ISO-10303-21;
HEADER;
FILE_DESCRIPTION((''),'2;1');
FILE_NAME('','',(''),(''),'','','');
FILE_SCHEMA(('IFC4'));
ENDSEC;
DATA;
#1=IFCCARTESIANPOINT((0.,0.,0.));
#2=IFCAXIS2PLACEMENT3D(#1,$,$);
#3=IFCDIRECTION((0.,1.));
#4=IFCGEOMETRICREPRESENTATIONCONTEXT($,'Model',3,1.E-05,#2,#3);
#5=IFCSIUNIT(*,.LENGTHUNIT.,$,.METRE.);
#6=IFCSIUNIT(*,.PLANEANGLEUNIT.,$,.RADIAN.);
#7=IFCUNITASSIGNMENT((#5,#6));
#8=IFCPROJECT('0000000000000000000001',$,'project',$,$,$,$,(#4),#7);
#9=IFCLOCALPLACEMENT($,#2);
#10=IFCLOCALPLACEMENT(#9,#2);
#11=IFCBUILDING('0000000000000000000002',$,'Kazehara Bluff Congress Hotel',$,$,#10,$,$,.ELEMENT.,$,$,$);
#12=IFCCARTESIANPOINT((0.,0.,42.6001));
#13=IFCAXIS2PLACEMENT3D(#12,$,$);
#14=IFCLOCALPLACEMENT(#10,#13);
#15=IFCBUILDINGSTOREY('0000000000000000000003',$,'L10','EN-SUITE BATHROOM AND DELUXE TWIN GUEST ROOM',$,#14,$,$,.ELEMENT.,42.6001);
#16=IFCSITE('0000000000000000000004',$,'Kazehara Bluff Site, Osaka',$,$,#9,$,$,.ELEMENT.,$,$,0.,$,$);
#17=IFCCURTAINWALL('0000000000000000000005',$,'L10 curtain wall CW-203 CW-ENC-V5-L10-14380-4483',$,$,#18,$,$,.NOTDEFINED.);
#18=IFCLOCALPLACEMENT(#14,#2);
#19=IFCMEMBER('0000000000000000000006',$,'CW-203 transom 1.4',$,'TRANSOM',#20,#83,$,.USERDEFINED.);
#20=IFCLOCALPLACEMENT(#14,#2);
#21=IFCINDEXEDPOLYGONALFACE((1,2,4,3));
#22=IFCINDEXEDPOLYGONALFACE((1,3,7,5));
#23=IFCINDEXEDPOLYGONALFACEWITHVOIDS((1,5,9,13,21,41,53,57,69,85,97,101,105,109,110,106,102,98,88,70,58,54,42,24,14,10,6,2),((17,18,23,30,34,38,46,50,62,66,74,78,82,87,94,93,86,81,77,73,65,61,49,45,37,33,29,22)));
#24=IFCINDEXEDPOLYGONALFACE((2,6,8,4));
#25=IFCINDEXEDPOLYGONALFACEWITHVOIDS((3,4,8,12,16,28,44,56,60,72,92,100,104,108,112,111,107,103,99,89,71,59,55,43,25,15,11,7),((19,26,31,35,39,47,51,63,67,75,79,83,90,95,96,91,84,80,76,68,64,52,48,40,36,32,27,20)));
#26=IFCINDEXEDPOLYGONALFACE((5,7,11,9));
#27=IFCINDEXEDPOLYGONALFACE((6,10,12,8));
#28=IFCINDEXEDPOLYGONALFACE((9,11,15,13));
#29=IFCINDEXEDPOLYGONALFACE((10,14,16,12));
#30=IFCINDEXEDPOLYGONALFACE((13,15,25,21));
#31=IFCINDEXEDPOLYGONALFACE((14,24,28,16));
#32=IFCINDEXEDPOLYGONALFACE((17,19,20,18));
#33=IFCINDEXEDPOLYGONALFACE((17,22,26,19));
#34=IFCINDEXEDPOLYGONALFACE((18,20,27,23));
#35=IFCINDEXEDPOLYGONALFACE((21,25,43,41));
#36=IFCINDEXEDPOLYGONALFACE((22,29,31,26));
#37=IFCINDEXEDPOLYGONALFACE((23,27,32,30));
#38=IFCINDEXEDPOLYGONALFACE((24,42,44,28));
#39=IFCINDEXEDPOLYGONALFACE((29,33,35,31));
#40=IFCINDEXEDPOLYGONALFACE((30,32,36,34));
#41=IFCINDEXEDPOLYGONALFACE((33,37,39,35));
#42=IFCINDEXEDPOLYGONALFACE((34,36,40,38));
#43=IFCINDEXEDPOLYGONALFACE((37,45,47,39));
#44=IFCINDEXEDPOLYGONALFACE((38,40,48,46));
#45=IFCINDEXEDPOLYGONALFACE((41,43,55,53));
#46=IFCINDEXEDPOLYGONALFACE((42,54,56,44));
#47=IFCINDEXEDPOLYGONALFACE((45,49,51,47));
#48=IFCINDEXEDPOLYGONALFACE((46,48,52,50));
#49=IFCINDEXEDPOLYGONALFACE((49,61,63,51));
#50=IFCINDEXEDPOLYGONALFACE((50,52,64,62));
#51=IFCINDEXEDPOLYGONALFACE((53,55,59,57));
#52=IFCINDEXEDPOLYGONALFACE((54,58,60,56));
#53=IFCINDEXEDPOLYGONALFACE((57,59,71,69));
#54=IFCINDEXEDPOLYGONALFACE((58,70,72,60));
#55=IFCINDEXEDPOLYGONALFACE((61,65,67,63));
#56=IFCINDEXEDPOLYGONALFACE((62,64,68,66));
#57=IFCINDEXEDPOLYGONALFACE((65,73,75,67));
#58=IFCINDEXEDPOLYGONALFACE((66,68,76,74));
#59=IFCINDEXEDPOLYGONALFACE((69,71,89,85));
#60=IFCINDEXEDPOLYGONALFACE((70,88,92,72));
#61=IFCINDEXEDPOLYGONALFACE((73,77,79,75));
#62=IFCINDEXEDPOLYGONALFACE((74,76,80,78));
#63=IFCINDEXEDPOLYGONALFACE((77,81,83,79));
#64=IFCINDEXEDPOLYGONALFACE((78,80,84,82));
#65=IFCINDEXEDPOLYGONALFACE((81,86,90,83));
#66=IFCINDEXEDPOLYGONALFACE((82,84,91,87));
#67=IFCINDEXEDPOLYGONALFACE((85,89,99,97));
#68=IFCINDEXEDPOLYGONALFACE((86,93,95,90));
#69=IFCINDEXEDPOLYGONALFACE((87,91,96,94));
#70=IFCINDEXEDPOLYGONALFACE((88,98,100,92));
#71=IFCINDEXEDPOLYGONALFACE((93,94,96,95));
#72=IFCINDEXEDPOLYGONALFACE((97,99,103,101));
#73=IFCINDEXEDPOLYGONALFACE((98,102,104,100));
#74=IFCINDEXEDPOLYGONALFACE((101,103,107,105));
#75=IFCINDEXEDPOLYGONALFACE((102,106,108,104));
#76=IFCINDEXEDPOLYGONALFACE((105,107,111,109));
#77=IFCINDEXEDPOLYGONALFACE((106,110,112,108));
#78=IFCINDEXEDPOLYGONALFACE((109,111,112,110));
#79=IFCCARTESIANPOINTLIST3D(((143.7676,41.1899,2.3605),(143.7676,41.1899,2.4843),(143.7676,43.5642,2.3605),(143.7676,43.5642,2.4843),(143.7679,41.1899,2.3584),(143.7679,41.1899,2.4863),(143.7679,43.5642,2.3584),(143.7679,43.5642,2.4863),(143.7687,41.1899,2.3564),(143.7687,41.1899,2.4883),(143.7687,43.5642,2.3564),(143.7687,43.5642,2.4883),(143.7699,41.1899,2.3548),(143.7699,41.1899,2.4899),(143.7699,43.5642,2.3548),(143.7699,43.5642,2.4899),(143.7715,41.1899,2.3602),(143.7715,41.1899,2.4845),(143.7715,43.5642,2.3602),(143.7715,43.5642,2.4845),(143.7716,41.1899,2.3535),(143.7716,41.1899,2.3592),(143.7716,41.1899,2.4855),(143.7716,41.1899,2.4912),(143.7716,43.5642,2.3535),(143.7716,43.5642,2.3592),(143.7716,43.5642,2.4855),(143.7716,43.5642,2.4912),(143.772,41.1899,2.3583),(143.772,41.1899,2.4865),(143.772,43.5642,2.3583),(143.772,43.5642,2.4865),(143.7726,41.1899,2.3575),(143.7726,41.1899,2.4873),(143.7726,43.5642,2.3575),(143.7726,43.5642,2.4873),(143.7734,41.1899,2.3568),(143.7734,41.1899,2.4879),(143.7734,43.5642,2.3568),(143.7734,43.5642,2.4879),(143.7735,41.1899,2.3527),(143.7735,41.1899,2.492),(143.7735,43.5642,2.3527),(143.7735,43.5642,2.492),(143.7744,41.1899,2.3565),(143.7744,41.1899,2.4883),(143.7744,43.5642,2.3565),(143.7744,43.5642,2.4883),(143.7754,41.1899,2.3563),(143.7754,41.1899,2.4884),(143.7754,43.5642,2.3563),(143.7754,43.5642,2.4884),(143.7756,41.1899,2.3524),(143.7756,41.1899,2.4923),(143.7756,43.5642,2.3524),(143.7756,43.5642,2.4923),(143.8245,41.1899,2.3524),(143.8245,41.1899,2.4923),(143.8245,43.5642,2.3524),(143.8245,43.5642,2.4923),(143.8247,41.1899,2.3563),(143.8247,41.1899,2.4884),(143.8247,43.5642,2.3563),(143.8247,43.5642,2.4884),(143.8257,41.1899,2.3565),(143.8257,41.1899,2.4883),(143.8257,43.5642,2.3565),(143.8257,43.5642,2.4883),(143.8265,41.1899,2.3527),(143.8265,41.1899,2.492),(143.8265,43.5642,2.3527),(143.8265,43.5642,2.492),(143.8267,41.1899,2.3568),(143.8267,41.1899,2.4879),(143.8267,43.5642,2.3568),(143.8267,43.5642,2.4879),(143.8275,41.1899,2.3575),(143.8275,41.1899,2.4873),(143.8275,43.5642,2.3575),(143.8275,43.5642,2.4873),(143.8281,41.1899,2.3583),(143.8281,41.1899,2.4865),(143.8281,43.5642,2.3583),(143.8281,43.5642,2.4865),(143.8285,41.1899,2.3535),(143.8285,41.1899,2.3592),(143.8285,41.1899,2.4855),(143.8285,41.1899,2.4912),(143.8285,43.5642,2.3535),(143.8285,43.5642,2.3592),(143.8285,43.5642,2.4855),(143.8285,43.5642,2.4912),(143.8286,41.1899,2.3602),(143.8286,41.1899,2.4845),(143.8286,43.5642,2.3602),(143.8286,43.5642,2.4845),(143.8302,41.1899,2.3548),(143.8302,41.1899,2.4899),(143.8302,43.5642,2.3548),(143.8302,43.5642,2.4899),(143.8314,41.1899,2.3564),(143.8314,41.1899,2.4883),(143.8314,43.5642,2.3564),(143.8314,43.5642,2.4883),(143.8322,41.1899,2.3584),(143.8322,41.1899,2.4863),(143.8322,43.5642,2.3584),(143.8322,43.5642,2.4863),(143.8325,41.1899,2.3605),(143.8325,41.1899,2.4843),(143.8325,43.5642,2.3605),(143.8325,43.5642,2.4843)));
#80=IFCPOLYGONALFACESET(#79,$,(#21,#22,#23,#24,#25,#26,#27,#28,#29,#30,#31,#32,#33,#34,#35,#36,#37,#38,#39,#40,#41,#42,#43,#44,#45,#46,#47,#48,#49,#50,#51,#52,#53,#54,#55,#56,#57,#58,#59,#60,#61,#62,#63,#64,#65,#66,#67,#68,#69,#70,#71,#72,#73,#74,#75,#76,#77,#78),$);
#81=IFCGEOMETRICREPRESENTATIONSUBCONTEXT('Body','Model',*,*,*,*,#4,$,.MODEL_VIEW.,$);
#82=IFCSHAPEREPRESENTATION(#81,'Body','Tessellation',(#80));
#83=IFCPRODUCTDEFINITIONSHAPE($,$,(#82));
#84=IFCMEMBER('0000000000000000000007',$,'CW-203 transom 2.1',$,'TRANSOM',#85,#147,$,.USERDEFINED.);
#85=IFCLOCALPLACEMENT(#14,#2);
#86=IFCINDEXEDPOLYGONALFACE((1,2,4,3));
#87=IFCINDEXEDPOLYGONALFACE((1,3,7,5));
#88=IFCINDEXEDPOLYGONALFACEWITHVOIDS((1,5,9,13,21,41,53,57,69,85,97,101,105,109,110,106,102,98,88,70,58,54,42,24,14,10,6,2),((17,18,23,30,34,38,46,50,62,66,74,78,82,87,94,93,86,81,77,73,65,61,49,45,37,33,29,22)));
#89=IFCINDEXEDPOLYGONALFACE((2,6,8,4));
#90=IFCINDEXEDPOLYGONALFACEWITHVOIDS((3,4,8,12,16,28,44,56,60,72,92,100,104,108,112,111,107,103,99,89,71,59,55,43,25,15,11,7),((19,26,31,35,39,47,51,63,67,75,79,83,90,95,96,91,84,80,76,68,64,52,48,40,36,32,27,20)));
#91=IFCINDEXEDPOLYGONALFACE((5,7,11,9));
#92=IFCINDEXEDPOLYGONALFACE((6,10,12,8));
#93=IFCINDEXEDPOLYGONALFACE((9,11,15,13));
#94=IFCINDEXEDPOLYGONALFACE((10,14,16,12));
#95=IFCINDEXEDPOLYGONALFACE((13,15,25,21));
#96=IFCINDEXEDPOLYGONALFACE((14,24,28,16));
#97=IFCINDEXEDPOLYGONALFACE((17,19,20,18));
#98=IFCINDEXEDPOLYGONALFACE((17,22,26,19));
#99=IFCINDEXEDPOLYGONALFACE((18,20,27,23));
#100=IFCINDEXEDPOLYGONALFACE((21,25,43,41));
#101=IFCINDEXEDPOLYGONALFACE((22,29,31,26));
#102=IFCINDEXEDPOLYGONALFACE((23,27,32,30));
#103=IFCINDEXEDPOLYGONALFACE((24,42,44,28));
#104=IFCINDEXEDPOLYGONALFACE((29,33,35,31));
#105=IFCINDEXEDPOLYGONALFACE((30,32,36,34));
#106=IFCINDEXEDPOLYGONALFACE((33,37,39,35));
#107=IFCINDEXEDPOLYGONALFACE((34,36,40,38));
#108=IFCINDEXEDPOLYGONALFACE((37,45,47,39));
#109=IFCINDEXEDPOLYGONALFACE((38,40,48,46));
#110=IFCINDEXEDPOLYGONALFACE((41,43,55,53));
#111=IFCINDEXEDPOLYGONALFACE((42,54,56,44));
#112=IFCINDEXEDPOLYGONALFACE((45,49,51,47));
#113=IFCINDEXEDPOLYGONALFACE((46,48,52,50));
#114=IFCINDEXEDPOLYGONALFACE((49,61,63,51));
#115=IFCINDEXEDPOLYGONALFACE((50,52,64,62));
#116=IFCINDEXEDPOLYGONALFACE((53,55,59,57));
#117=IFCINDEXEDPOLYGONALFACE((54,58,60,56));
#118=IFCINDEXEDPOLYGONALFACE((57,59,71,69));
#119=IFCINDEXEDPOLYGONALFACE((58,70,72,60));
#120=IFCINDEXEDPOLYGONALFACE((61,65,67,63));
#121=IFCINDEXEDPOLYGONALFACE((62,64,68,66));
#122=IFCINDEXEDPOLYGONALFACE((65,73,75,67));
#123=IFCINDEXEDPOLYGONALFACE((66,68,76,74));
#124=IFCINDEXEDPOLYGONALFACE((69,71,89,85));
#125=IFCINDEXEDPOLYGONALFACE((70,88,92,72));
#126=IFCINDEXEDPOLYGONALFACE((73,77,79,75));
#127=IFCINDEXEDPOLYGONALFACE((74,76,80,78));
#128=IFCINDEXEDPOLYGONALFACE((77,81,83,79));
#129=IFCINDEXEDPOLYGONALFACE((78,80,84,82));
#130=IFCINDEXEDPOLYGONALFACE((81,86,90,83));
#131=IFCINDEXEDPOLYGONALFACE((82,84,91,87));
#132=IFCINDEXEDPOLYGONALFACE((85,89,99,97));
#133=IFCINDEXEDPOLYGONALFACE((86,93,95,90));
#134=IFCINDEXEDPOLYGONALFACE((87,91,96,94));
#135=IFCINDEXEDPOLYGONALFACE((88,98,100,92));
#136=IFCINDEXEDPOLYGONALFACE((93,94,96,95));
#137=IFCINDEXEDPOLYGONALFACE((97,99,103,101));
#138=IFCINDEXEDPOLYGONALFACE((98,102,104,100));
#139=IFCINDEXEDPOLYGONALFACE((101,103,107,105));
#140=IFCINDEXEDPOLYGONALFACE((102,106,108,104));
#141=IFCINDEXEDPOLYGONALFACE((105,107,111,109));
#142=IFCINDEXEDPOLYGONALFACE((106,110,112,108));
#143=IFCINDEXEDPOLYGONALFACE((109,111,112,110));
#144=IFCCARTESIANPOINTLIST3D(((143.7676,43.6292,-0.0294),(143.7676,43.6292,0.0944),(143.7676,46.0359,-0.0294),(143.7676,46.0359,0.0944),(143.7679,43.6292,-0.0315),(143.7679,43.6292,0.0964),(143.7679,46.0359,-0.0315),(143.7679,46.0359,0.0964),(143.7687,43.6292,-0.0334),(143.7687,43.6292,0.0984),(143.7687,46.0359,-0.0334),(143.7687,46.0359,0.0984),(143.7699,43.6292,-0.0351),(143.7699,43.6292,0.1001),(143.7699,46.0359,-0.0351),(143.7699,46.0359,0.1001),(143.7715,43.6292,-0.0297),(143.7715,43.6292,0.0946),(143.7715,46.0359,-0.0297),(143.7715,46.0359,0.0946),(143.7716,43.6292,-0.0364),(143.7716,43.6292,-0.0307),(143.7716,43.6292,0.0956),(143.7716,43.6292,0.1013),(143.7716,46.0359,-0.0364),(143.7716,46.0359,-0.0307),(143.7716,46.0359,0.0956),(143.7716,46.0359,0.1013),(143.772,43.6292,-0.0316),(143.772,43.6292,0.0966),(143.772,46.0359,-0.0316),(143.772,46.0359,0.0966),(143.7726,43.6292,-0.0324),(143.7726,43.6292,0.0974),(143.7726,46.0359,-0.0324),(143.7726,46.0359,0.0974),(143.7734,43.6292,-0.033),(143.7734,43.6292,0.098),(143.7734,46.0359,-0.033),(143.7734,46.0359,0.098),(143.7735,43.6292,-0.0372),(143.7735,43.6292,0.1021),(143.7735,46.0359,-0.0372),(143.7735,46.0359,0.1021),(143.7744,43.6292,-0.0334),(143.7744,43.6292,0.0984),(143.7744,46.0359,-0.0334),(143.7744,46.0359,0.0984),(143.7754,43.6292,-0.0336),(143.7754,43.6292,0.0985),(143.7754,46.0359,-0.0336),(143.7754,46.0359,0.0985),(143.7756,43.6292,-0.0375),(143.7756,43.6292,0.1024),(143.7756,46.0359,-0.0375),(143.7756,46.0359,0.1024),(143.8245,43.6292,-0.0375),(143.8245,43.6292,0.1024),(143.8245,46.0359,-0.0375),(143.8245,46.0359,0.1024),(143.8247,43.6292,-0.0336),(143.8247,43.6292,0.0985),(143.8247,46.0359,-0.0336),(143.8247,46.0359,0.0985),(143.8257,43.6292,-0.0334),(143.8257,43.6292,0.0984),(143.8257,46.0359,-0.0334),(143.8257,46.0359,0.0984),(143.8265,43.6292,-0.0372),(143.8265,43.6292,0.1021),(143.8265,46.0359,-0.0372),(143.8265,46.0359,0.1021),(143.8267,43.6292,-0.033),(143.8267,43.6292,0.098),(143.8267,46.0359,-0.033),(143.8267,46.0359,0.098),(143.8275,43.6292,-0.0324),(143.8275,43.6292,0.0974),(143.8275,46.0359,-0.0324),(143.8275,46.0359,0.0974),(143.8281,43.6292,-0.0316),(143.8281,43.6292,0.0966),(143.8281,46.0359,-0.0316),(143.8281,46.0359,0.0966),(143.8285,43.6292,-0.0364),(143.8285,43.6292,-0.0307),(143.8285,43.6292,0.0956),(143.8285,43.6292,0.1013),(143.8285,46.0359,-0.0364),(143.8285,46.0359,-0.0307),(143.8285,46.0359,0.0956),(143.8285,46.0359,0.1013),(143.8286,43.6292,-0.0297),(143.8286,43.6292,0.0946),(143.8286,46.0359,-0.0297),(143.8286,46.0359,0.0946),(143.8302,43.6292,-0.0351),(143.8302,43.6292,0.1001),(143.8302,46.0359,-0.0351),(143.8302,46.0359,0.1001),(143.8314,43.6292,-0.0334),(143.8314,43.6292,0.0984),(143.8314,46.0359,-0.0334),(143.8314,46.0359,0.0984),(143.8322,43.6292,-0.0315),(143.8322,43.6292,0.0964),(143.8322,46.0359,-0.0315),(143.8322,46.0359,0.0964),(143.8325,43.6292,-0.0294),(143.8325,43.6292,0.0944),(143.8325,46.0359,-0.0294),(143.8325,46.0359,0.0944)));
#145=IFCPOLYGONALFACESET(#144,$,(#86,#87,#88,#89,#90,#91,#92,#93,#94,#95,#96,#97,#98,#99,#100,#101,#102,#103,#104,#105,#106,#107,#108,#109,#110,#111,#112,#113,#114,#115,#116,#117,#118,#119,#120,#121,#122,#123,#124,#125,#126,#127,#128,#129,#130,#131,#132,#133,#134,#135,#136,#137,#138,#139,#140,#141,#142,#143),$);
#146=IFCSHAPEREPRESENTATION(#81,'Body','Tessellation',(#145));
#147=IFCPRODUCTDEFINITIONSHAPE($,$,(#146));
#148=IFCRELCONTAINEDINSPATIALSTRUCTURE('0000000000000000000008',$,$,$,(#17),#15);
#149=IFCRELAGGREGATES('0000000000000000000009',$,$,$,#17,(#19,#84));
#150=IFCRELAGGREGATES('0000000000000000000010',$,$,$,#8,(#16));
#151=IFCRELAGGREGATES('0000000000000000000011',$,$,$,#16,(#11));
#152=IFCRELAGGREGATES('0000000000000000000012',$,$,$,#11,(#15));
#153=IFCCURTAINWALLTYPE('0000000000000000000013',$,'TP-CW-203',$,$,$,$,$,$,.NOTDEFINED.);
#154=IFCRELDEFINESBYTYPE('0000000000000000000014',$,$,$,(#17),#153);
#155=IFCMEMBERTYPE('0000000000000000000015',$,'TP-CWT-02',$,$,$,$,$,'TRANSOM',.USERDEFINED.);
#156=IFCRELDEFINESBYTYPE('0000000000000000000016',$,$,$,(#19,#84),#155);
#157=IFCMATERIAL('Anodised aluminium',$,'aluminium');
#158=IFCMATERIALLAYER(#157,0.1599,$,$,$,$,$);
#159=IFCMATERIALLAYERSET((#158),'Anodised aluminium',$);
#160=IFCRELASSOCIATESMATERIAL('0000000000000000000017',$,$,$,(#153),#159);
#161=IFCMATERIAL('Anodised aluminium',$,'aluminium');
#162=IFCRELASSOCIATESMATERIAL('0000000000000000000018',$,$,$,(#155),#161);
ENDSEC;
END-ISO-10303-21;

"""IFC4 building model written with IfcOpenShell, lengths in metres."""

from ifc_helpers import new_model, si_unit, direction, frame, origin, origin_2d, place, context, subcontext, project, spatial, hollow_rectangle, extrude, material, layer, layer_set, material_profile, profile_set, type_object, element, aggregate, save


model = new_model("IFC4")

# Units and contexts
model_context = context("Model", 3, precision=1e-05, world=origin(), true_north=direction((0.0, 1.0)))
body_context = subcontext(model_context, "Body", "Model", "MODEL_VIEW")
ifc_project = project(units=[si_unit("LENGTHUNIT", "METRE"), si_unit("PLANEANGLEUNIT", "RADIAN")], contexts=[model_context])

# Site, building, storey
site_placement = place(None, origin())
site = spatial("IfcSite", under=ifc_project, at=site_placement, Name="Kazehara Bluff Site, Osaka", CompositionType="ELEMENT", RefElevation=0.0)
building_placement = place(site_placement, origin())
building = spatial("IfcBuilding", under=site, at=building_placement, Name="Kazehara Bluff Congress Hotel", CompositionType="ELEMENT")
storey_placement = place(building_placement, frame((0.0, 0.0, 42.6001)))
storey = spatial("IfcBuildingStorey", under=building, at=storey_placement, Name="L10", Description="EN-SUITE BATHROOM AND DELUXE TWIN GUEST ROOM", CompositionType="ELEMENT", Elevation=42.6001)

# Curtain wall
ifc_material_1 = material(Name="Anodised aluminium", Category="aluminium")
ifc_layer_1 = layer(ifc_material_1, 0.1599)
ifc_layer_set_1 = layer_set([ifc_layer_1], Name="Anodised aluminium")
curtain_wall_type_1 = type_object("IfcCurtainWallType", Name="TP-CW-203", PredefinedType="NOTDEFINED", material=ifc_layer_set_1)
curtain_wall_1_placement = place(storey_placement, origin())
curtain_wall_1 = element("IfcCurtainWall", 1, at=curtain_wall_1_placement, inside=storey, type_object=curtain_wall_type_1, Name="L10 curtain wall CW-203 CW-ENC-V5-L10-14380-4483", PredefinedType="NOTDEFINED")

# Members
ifc_material_2 = material(Name="Anodised aluminium", Category="aluminium")
ifc_material_profile_1 = material_profile(ifc_material_2, hollow_rectangle(XDim=0.0649, YDim=0.1399, WallThickness=0.0039, InnerFilletRadius=0.0039, OuterFilletRadius=0.0081, at=origin_2d()))
ifc_profile_set_1 = profile_set([ifc_material_profile_1], Name="Anodised aluminium")
member_type_1 = type_object("IfcMemberType", Name="TP-CWT-02", ElementType="TRANSOM", PredefinedType="USERDEFINED", material=ifc_profile_set_1)
member_1_placement = place(storey_placement, frame((143.8, 41.1899, 2.4224), z_axis=(0.0, 1.0, 0.0), x_axis=(-1.0, 0.0, 0.0)))
member_1 = element("IfcMember", 2, at=member_1_placement, type_object=member_type_1, Name="CW-203 transom 1.4", ObjectType="TRANSOM", PredefinedType="USERDEFINED", context=body_context, shape_type="SweptSolid", body=[
    extrude(hollow_rectangle(XDim=0.0649, YDim=0.1399, WallThickness=0.0039, InnerFilletRadius=0.0039, OuterFilletRadius=0.0081, at=origin_2d()), origin(), (0.0, 0.0, 1.0), 2.3743),
])
member_2_placement = place(storey_placement, frame((143.8, 43.6292, 0.0325), z_axis=(0.0, 1.0, 0.0), x_axis=(-1.0, 0.0, 0.0)))
member_2 = element("IfcMember", 3, at=member_2_placement, type_object=member_type_1, Name="CW-203 transom 2.1", ObjectType="TRANSOM", PredefinedType="USERDEFINED", context=body_context, shape_type="SweptSolid", body=[
    extrude(hollow_rectangle(XDim=0.0649, YDim=0.1399, WallThickness=0.0039, InnerFilletRadius=0.0039, OuterFilletRadius=0.0081, at=origin_2d()), origin(), (0.0, 0.0, 1.0), 2.4067),
])

aggregate(curtain_wall_1, [member_1, member_2])

save(model, "model.ifc")
